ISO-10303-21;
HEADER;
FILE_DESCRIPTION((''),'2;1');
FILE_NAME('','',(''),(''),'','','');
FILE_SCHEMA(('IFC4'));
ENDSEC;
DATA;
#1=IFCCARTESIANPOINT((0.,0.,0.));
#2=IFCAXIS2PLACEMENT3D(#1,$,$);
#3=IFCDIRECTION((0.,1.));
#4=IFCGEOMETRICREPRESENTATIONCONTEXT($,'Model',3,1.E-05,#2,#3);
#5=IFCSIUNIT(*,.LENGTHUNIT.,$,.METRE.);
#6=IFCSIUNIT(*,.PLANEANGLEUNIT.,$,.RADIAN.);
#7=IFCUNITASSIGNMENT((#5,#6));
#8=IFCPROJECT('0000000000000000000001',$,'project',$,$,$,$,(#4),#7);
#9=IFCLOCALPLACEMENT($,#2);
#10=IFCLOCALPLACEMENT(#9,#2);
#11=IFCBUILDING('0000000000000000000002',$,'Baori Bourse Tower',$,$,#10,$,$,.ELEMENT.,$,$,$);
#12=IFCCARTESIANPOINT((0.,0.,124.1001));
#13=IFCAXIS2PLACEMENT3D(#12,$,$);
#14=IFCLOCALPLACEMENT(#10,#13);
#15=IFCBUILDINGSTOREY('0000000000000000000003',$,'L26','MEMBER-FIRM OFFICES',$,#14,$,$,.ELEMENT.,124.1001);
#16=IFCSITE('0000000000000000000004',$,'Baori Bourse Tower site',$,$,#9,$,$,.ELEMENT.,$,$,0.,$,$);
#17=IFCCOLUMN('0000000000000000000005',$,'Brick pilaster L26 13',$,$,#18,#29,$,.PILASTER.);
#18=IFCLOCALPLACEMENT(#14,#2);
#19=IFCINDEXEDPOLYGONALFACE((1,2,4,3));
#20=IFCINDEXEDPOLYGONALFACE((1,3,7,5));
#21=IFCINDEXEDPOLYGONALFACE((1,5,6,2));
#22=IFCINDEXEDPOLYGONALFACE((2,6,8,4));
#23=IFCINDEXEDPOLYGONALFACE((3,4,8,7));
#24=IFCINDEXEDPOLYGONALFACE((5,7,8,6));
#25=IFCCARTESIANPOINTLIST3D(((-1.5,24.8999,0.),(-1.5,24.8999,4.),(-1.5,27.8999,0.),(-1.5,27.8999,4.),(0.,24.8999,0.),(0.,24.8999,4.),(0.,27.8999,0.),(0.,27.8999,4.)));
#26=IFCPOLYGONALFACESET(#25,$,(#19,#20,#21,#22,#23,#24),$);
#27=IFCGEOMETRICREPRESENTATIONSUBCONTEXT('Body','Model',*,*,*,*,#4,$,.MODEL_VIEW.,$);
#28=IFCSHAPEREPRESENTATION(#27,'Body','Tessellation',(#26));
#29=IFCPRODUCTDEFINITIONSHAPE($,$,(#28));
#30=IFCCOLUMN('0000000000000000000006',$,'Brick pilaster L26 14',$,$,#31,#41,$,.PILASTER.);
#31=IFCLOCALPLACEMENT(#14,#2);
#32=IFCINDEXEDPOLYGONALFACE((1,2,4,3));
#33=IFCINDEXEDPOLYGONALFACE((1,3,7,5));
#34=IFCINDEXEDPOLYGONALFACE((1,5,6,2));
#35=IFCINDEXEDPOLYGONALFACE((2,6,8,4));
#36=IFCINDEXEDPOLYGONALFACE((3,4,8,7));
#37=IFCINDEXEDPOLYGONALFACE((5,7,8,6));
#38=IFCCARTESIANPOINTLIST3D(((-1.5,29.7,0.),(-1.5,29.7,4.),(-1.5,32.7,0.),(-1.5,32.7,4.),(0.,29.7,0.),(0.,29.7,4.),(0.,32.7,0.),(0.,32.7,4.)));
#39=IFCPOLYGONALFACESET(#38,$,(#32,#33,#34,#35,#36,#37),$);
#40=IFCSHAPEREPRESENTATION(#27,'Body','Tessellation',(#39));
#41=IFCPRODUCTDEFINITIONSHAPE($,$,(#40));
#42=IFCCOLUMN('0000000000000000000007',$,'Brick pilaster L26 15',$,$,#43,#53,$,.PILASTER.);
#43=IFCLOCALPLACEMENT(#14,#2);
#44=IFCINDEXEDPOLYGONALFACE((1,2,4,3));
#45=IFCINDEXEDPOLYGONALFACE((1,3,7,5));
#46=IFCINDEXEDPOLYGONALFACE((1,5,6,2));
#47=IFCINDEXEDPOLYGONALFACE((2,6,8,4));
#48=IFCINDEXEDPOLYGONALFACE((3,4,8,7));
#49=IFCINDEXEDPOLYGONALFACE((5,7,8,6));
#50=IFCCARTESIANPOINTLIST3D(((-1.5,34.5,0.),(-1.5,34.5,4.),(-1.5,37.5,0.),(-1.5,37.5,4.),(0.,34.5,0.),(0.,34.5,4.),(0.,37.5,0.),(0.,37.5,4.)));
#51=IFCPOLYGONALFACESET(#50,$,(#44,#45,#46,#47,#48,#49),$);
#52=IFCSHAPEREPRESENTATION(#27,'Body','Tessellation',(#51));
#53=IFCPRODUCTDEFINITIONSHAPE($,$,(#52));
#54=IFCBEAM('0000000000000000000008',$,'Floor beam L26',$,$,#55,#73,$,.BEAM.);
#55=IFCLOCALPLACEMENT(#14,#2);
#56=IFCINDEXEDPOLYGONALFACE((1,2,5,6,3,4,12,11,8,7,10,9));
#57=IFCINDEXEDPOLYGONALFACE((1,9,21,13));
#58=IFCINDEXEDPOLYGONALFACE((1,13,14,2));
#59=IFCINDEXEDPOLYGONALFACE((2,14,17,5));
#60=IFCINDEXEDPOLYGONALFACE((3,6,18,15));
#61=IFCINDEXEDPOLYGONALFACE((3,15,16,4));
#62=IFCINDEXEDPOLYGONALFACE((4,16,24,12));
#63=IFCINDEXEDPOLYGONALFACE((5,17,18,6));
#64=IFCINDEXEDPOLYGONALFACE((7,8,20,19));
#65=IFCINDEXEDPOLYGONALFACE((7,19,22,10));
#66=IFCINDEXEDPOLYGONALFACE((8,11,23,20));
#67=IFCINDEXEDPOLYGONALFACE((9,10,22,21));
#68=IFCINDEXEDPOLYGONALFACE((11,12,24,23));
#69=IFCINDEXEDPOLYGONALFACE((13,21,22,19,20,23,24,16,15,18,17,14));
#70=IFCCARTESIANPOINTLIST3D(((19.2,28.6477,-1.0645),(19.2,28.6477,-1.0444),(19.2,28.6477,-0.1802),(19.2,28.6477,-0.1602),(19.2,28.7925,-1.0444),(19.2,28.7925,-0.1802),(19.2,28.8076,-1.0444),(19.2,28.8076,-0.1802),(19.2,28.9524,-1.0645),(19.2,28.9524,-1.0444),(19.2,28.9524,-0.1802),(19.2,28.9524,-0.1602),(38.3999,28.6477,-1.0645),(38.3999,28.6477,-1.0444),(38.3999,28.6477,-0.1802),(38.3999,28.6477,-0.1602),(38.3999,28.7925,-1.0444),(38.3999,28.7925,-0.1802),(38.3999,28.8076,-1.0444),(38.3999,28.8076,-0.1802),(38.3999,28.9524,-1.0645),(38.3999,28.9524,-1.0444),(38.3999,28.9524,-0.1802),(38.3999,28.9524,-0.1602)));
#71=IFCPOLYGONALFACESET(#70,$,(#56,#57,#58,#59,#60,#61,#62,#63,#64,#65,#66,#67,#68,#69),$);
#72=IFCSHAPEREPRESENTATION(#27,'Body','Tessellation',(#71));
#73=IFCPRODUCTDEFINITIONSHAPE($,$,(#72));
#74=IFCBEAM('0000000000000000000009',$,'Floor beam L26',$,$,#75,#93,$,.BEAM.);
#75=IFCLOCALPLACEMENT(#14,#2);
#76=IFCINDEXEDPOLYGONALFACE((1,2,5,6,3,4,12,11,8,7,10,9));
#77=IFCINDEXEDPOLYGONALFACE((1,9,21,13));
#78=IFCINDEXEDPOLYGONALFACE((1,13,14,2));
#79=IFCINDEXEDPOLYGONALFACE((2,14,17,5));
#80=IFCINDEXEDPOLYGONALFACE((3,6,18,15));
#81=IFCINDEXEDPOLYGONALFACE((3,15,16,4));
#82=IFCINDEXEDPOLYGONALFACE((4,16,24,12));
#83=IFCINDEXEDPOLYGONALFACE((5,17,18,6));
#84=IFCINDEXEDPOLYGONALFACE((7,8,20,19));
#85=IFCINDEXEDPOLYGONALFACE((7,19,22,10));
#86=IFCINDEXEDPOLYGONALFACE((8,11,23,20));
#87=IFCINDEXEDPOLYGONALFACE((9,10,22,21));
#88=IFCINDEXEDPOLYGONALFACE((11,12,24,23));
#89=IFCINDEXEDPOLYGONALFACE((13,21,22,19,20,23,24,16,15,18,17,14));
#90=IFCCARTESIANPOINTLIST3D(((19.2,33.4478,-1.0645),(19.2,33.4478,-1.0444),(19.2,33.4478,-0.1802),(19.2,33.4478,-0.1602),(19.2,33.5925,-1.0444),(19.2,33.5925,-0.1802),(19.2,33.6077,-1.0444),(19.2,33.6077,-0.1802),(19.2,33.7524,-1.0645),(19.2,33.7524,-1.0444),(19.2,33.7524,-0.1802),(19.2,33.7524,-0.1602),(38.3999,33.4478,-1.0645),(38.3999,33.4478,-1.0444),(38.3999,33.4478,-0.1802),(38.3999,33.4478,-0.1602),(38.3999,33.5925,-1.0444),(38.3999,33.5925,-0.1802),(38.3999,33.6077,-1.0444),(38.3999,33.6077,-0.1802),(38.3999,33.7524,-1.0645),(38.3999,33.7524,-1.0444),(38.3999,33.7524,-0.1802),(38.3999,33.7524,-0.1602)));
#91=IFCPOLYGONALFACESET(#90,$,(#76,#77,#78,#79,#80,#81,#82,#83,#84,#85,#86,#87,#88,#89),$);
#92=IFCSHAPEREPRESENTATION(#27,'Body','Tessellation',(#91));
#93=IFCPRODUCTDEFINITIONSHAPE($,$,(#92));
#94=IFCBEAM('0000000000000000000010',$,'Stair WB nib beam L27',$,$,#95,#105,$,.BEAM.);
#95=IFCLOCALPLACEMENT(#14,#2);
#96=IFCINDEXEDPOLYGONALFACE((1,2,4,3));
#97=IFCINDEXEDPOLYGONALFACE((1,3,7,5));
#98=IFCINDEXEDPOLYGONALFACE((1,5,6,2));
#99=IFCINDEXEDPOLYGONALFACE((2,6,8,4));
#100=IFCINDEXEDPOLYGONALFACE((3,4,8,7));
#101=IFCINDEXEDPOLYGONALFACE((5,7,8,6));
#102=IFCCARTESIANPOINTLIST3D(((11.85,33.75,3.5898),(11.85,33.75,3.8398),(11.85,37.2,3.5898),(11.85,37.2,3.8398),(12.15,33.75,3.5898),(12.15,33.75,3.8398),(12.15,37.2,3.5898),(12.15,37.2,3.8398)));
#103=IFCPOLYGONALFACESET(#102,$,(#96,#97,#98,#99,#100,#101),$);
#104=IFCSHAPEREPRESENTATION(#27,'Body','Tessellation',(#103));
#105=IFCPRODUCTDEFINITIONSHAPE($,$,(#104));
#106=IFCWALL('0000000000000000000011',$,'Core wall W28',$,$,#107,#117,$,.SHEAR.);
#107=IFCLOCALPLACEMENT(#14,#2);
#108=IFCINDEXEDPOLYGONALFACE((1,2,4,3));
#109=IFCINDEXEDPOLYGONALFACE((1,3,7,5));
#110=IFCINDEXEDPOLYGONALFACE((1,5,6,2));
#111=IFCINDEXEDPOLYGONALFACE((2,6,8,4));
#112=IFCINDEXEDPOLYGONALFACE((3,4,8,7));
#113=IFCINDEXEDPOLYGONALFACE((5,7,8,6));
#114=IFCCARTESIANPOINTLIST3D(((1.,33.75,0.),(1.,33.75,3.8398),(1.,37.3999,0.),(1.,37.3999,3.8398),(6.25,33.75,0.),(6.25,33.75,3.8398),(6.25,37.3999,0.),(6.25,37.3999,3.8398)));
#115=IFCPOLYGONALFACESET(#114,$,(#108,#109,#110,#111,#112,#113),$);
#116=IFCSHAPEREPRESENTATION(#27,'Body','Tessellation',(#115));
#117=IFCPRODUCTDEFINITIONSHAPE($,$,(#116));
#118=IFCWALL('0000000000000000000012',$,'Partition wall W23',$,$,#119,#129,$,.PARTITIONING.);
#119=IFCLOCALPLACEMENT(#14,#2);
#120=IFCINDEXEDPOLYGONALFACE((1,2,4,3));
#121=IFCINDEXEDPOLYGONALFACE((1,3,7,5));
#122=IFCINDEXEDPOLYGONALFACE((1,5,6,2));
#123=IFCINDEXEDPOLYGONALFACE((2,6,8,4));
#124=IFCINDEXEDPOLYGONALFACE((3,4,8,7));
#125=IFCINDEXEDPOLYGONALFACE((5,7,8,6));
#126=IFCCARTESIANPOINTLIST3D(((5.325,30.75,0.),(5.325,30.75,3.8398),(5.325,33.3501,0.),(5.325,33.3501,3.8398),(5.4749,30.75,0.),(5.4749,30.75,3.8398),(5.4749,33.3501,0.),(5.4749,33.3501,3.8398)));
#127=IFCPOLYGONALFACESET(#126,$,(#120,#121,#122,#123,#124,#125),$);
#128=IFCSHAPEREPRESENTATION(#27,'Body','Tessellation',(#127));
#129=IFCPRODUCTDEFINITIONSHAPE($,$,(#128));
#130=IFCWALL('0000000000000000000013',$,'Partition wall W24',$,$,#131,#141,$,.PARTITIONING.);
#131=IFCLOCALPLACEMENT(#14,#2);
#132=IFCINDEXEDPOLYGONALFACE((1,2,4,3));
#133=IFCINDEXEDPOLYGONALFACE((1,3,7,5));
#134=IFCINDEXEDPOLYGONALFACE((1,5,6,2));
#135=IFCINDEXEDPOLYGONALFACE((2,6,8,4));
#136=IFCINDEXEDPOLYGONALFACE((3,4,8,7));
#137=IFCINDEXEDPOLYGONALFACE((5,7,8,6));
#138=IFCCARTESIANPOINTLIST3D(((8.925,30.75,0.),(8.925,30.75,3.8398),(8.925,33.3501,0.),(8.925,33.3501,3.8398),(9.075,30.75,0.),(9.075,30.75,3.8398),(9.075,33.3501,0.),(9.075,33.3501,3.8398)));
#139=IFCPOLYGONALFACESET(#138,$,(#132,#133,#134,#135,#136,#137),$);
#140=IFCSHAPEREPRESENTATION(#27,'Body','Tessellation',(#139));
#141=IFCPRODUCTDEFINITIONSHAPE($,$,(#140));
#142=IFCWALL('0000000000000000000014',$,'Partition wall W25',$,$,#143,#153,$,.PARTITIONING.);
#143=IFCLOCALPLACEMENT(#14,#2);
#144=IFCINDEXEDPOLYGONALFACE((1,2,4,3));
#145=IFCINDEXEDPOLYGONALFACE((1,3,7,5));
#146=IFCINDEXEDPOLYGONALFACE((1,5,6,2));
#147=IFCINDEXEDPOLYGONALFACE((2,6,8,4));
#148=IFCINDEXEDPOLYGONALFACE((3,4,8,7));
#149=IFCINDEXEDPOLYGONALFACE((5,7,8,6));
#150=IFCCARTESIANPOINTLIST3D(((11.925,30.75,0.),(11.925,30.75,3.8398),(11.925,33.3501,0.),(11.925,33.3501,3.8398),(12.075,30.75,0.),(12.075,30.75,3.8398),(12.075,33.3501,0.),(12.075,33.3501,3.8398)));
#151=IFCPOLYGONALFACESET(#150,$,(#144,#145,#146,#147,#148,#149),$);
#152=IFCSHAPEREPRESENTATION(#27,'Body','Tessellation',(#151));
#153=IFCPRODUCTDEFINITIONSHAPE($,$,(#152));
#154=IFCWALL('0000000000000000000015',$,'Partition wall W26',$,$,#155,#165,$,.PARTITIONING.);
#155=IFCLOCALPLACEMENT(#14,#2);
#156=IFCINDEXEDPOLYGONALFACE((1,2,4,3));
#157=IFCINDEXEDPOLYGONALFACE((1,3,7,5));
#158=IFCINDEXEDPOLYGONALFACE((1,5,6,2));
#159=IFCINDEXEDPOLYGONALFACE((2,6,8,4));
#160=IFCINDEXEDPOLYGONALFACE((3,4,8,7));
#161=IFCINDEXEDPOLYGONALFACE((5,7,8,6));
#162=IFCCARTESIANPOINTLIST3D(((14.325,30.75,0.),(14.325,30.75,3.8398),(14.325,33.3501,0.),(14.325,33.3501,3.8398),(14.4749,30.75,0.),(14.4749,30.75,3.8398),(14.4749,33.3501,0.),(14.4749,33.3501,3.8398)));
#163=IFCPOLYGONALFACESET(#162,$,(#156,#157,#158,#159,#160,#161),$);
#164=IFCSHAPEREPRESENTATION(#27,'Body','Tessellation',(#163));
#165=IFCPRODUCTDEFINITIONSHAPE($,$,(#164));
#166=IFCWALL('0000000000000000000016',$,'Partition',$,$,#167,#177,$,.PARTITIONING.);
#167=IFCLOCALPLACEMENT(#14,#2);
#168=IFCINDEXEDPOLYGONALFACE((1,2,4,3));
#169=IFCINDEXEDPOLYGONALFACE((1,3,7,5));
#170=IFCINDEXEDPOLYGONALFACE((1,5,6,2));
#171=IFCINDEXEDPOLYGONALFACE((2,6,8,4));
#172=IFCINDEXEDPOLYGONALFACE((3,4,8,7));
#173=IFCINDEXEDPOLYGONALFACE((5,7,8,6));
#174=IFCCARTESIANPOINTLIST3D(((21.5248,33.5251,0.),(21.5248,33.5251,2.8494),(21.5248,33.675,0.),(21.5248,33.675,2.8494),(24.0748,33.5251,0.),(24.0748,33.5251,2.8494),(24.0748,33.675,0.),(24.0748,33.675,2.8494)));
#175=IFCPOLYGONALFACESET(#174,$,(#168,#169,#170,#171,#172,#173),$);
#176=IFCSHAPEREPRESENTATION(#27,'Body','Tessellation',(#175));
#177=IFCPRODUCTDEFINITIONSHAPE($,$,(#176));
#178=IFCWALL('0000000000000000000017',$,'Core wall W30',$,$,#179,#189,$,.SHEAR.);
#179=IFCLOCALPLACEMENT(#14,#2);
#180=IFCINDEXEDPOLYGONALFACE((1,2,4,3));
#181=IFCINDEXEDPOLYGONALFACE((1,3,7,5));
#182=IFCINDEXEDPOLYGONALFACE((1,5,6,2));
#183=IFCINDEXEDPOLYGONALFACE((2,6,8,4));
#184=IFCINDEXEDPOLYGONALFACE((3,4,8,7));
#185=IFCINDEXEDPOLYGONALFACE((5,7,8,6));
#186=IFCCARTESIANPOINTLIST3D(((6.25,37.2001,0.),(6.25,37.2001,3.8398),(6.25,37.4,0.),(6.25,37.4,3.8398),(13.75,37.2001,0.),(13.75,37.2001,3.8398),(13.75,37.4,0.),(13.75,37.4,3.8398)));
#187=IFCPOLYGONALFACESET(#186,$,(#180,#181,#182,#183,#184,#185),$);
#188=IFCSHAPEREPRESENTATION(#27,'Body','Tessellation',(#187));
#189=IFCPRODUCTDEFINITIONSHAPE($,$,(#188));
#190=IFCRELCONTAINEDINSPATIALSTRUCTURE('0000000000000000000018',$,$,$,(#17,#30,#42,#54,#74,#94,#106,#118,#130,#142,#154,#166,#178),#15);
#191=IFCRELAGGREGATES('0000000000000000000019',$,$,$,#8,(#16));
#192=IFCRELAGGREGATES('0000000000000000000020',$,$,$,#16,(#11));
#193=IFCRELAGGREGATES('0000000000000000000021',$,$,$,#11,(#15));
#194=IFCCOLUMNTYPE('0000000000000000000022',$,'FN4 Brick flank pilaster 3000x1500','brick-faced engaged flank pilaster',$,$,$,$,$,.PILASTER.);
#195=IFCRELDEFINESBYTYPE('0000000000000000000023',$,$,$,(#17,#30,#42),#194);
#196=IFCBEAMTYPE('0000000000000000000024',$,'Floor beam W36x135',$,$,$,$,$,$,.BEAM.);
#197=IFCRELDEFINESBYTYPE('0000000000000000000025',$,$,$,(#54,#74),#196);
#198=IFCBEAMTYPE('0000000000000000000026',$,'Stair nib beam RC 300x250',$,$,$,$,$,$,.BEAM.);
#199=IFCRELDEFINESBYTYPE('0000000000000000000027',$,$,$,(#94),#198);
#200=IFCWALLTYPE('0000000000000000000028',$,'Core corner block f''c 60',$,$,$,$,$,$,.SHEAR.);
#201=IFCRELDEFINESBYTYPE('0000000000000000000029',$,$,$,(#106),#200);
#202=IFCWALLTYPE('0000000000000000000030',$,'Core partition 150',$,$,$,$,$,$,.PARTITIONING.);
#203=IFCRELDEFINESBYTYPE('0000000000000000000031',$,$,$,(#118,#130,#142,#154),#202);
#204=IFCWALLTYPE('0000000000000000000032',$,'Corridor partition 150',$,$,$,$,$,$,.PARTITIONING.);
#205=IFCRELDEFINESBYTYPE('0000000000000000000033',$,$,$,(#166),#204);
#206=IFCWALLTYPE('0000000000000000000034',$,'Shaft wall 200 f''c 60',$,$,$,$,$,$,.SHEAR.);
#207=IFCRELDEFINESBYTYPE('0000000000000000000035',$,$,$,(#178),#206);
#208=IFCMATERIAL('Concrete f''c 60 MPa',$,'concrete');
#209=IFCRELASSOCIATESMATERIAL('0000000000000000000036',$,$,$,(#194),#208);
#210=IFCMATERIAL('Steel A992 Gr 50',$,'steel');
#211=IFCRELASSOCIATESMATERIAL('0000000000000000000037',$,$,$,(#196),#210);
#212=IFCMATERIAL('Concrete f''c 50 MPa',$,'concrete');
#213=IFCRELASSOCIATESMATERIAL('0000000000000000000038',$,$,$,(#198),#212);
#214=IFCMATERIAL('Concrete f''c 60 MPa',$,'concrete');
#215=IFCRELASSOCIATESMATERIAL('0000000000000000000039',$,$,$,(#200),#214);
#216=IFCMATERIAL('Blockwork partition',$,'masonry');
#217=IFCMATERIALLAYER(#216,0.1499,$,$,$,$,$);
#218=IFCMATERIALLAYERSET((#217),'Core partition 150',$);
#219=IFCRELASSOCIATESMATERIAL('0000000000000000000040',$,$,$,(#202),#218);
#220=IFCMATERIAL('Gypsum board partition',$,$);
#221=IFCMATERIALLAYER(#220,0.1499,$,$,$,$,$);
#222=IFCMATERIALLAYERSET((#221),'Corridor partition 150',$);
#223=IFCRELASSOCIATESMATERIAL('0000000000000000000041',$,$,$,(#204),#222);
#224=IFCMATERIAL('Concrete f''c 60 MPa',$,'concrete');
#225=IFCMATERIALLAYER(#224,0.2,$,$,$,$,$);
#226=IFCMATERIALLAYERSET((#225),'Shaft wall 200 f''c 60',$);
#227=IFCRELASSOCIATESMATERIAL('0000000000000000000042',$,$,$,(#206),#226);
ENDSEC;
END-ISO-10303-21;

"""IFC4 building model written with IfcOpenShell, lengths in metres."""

from ifc_helpers import new_model, si_unit, direction, frame, frame_2d, origin, origin_2d, place, context, subcontext, project, spatial, rectangle, i_section, extrude, material, layer, layer_set, material_profile, profile_set, type_object, element, save


model = new_model("IFC4")

# Units and contexts
model_context = context("Model", 3, precision=1e-05, world=origin(), true_north=direction((0.0, 1.0)))
body_context = subcontext(model_context, "Body", "Model", "MODEL_VIEW")
ifc_project = project(units=[si_unit("LENGTHUNIT", "METRE"), si_unit("PLANEANGLEUNIT", "RADIAN")], contexts=[model_context])

# Site, building, storey
site_placement = place(None, origin())
site = spatial("IfcSite", under=ifc_project, at=site_placement, Name="Baori Bourse Tower site", CompositionType="ELEMENT", RefElevation=0.0)
building_placement = place(site_placement, origin())
building = spatial("IfcBuilding", under=site, at=building_placement, Name="Baori Bourse Tower", CompositionType="ELEMENT")
storey_placement = place(building_placement, frame((0.0, 0.0, 124.1001)))
storey = spatial("IfcBuildingStorey", under=building, at=storey_placement, Name="L26", Description="MEMBER-FIRM OFFICES", CompositionType="ELEMENT", Elevation=124.1001)

# Columns
ifc_material_1 = material(Name="Concrete f'c 60 MPa", Category="concrete")
ifc_material_profile_1 = material_profile(ifc_material_1, rectangle(XDim=3.0, YDim=1.5, at=origin_2d()), Name="RC 3000x1500")
ifc_profile_set_1 = profile_set([ifc_material_profile_1], Name="Concrete f'c 60 MPa")
column_type = type_object("IfcColumnType", Name="FN4 Brick flank pilaster 3000x1500", Description="brick-faced engaged flank pilaster", PredefinedType="PILASTER", material=ifc_profile_set_1)
for number, where, z_axis, x_axis, name in (
    (1, (-0.75, 26.3999, 0.0), (0.0, 0.0, 1.0), (0.0, 1.0, 0.0), "Brick pilaster L26 13"),
    (2, (-0.75, 31.2, 0.0), (0.0, 0.0, 1.0), (0.0, 1.0, 0.0), "Brick pilaster L26 14"),
    (3, (-0.75, 36.0, 0.0), (0.0, 0.0, 1.0), (0.0, 1.0, 0.0), "Brick pilaster L26 15"),
):
    element("IfcColumn", number, at=place(storey_placement, frame(where, z_axis=z_axis, x_axis=x_axis)), inside=storey, type_object=column_type, Name=name, PredefinedType="PILASTER", context=body_context, shape_type="SweptSolid", body=[
        extrude(rectangle(XDim=3.0, YDim=1.5, at=origin_2d()), origin(), (0.0, 0.0, 1.0), 4.0),
    ])

# Beams
ifc_material_2 = material(Name="Steel A992 Gr 50", Category="steel")
ifc_material_profile_2 = material_profile(ifc_material_2, i_section(OverallWidth=0.3047, OverallDepth=0.9043, WebThickness=0.0151, FlangeThickness=0.02, at=origin_2d()), Name="W36x135")
ifc_profile_set_2 = profile_set([ifc_material_profile_2], Name="Steel A992 Gr 50")
beam_type_1 = type_object("IfcBeamType", Name="Floor beam W36x135", PredefinedType="BEAM", material=ifc_profile_set_2)
for number, where, z_axis, x_axis, name in (
    (4, (19.2, 28.8, -0.6123), (1.0, 0.0, 0.0), (0.0, 1.0, 0.0), "Floor beam L26"),
    (5, (19.2, 33.6001, -0.6123), (1.0, 0.0, 0.0), (0.0, 1.0, 0.0), "Floor beam L26"),
):
    element("IfcBeam", number, at=place(storey_placement, frame(where, z_axis=z_axis, x_axis=x_axis)), inside=storey, type_object=beam_type_1, Name=name, PredefinedType="BEAM", context=body_context, shape_type="SweptSolid", body=[
        extrude(i_section(OverallWidth=0.3047, OverallDepth=0.9043, WebThickness=0.0151, FlangeThickness=0.02, at=origin_2d()), origin(), (0.0, 0.0, 1.0), 19.2),
    ])
ifc_material_3 = material(Name="Concrete f'c 50 MPa", Category="concrete")
ifc_material_profile_3 = material_profile(ifc_material_3, rectangle(XDim=0.3, YDim=0.25, at=origin_2d()), Name="RC 300x250")
ifc_profile_set_3 = profile_set([ifc_material_profile_3], Name="Concrete f'c 50 MPa")
beam_type_2 = type_object("IfcBeamType", Name="Stair nib beam RC 300x250", PredefinedType="BEAM", material=ifc_profile_set_3)
beam_placement = place(storey_placement, frame((12.0, 33.75, 3.7148), z_axis=(0.0, 1.0, 0.0), x_axis=(-1.0, 0.0, 0.0)))
element("IfcBeam", 6, at=beam_placement, inside=storey, type_object=beam_type_2, Name="Stair WB nib beam L27", PredefinedType="BEAM", context=body_context, shape_type="SweptSolid", body=[
    extrude(rectangle(XDim=0.3, YDim=0.25, at=origin_2d()), origin(), (0.0, 0.0, 1.0), 3.45),
])

# Walls
ifc_material_4 = material(Name="Concrete f'c 60 MPa", Category="concrete")
wall_type_1 = type_object("IfcWallType", Name="Core corner block f'c 60", PredefinedType="SHEAR", material=ifc_material_4)
wall_1_placement = place(storey_placement, frame((1.0, 35.575, 0.0), z_axis=(0.0, 0.0, 1.0), x_axis=(1.0, 0.0, 0.0)))
element("IfcWall", 7, at=wall_1_placement, inside=storey, type_object=wall_type_1, Name="Core wall W28", PredefinedType="SHEAR", context=body_context, shape_type="SweptSolid", body=[
    extrude(rectangle(XDim=5.25, YDim=3.6499, at=frame_2d((2.625, 0.0))), origin(), (0.0, 0.0, 1.0), 3.8398),
])
ifc_material_5 = material(Name="Blockwork partition", Category="masonry")
ifc_layer_1 = layer(ifc_material_5, 0.1499)
ifc_layer_set_1 = layer_set([ifc_layer_1], Name="Core partition 150")
wall_type_2 = type_object("IfcWallType", Name="Core partition 150", PredefinedType="PARTITIONING", material=ifc_layer_set_1)
for number, where, z_axis, x_axis, name in (
    (8, (5.3999, 30.75, 0.0), (0.0, 0.0, 1.0), (0.0, 1.0, 0.0), "Partition wall W23"),
    (9, (9.0, 30.75, 0.0), (0.0, 0.0, 1.0), (0.0, 1.0, 0.0), "Partition wall W24"),
    (10, (12.0, 30.75, 0.0), (0.0, 0.0, 1.0), (0.0, 1.0, 0.0), "Partition wall W25"),
    (11, (14.3999, 30.75, 0.0), (0.0, 0.0, 1.0), (0.0, 1.0, 0.0), "Partition wall W26"),
):
    element("IfcWall", number, at=place(storey_placement, frame(where, z_axis=z_axis, x_axis=x_axis)), inside=storey, type_object=wall_type_2, Name=name, PredefinedType="PARTITIONING", context=body_context, shape_type="SweptSolid", body=[
        extrude(rectangle(XDim=2.6001, YDim=0.1499, at=frame_2d((1.3, 0.0))), origin(), (0.0, 0.0, 1.0), 3.8398),
    ])
ifc_material_6 = material(Name="Gypsum board partition")
ifc_layer_2 = layer(ifc_material_6, 0.1499)
ifc_layer_set_2 = layer_set([ifc_layer_2], Name="Corridor partition 150")
wall_type_3 = type_object("IfcWallType", Name="Corridor partition 150", PredefinedType="PARTITIONING", material=ifc_layer_set_2)
wall_2_placement = place(storey_placement, frame((21.5249, 33.6001, 0.0), z_axis=(0.0, 0.0, 1.0), x_axis=(1.0, 0.0, 0.0)))
element("IfcWall", 12, at=wall_2_placement, inside=storey, type_object=wall_type_3, Name="Partition", PredefinedType="PARTITIONING", context=body_context, shape_type="SweptSolid", body=[
    extrude(rectangle(XDim=2.55, YDim=0.1499, at=frame_2d((1.2749, 0.0))), origin(), (0.0, 0.0, 1.0), 2.8494),
])
ifc_material_7 = material(Name="Concrete f'c 60 MPa", Category="concrete")
ifc_layer_3 = layer(ifc_material_7, 0.2)
ifc_layer_set_3 = layer_set([ifc_layer_3], Name="Shaft wall 200 f'c 60")
wall_type_4 = type_object("IfcWallType", Name="Shaft wall 200 f'c 60", PredefinedType="SHEAR", material=ifc_layer_set_3)
wall_3_placement = place(storey_placement, frame((6.25, 37.3, 0.0), z_axis=(0.0, 0.0, 1.0), x_axis=(1.0, 0.0, 0.0)))
element("IfcWall", 13, at=wall_3_placement, inside=storey, type_object=wall_type_4, Name="Core wall W30", PredefinedType="SHEAR", context=body_context, shape_type="SweptSolid", body=[
    extrude(rectangle(XDim=7.5, YDim=0.2, at=frame_2d((3.75, 0.0))), origin(), (0.0, 0.0, 1.0), 3.8398),
])

save(model, "model.ifc")
